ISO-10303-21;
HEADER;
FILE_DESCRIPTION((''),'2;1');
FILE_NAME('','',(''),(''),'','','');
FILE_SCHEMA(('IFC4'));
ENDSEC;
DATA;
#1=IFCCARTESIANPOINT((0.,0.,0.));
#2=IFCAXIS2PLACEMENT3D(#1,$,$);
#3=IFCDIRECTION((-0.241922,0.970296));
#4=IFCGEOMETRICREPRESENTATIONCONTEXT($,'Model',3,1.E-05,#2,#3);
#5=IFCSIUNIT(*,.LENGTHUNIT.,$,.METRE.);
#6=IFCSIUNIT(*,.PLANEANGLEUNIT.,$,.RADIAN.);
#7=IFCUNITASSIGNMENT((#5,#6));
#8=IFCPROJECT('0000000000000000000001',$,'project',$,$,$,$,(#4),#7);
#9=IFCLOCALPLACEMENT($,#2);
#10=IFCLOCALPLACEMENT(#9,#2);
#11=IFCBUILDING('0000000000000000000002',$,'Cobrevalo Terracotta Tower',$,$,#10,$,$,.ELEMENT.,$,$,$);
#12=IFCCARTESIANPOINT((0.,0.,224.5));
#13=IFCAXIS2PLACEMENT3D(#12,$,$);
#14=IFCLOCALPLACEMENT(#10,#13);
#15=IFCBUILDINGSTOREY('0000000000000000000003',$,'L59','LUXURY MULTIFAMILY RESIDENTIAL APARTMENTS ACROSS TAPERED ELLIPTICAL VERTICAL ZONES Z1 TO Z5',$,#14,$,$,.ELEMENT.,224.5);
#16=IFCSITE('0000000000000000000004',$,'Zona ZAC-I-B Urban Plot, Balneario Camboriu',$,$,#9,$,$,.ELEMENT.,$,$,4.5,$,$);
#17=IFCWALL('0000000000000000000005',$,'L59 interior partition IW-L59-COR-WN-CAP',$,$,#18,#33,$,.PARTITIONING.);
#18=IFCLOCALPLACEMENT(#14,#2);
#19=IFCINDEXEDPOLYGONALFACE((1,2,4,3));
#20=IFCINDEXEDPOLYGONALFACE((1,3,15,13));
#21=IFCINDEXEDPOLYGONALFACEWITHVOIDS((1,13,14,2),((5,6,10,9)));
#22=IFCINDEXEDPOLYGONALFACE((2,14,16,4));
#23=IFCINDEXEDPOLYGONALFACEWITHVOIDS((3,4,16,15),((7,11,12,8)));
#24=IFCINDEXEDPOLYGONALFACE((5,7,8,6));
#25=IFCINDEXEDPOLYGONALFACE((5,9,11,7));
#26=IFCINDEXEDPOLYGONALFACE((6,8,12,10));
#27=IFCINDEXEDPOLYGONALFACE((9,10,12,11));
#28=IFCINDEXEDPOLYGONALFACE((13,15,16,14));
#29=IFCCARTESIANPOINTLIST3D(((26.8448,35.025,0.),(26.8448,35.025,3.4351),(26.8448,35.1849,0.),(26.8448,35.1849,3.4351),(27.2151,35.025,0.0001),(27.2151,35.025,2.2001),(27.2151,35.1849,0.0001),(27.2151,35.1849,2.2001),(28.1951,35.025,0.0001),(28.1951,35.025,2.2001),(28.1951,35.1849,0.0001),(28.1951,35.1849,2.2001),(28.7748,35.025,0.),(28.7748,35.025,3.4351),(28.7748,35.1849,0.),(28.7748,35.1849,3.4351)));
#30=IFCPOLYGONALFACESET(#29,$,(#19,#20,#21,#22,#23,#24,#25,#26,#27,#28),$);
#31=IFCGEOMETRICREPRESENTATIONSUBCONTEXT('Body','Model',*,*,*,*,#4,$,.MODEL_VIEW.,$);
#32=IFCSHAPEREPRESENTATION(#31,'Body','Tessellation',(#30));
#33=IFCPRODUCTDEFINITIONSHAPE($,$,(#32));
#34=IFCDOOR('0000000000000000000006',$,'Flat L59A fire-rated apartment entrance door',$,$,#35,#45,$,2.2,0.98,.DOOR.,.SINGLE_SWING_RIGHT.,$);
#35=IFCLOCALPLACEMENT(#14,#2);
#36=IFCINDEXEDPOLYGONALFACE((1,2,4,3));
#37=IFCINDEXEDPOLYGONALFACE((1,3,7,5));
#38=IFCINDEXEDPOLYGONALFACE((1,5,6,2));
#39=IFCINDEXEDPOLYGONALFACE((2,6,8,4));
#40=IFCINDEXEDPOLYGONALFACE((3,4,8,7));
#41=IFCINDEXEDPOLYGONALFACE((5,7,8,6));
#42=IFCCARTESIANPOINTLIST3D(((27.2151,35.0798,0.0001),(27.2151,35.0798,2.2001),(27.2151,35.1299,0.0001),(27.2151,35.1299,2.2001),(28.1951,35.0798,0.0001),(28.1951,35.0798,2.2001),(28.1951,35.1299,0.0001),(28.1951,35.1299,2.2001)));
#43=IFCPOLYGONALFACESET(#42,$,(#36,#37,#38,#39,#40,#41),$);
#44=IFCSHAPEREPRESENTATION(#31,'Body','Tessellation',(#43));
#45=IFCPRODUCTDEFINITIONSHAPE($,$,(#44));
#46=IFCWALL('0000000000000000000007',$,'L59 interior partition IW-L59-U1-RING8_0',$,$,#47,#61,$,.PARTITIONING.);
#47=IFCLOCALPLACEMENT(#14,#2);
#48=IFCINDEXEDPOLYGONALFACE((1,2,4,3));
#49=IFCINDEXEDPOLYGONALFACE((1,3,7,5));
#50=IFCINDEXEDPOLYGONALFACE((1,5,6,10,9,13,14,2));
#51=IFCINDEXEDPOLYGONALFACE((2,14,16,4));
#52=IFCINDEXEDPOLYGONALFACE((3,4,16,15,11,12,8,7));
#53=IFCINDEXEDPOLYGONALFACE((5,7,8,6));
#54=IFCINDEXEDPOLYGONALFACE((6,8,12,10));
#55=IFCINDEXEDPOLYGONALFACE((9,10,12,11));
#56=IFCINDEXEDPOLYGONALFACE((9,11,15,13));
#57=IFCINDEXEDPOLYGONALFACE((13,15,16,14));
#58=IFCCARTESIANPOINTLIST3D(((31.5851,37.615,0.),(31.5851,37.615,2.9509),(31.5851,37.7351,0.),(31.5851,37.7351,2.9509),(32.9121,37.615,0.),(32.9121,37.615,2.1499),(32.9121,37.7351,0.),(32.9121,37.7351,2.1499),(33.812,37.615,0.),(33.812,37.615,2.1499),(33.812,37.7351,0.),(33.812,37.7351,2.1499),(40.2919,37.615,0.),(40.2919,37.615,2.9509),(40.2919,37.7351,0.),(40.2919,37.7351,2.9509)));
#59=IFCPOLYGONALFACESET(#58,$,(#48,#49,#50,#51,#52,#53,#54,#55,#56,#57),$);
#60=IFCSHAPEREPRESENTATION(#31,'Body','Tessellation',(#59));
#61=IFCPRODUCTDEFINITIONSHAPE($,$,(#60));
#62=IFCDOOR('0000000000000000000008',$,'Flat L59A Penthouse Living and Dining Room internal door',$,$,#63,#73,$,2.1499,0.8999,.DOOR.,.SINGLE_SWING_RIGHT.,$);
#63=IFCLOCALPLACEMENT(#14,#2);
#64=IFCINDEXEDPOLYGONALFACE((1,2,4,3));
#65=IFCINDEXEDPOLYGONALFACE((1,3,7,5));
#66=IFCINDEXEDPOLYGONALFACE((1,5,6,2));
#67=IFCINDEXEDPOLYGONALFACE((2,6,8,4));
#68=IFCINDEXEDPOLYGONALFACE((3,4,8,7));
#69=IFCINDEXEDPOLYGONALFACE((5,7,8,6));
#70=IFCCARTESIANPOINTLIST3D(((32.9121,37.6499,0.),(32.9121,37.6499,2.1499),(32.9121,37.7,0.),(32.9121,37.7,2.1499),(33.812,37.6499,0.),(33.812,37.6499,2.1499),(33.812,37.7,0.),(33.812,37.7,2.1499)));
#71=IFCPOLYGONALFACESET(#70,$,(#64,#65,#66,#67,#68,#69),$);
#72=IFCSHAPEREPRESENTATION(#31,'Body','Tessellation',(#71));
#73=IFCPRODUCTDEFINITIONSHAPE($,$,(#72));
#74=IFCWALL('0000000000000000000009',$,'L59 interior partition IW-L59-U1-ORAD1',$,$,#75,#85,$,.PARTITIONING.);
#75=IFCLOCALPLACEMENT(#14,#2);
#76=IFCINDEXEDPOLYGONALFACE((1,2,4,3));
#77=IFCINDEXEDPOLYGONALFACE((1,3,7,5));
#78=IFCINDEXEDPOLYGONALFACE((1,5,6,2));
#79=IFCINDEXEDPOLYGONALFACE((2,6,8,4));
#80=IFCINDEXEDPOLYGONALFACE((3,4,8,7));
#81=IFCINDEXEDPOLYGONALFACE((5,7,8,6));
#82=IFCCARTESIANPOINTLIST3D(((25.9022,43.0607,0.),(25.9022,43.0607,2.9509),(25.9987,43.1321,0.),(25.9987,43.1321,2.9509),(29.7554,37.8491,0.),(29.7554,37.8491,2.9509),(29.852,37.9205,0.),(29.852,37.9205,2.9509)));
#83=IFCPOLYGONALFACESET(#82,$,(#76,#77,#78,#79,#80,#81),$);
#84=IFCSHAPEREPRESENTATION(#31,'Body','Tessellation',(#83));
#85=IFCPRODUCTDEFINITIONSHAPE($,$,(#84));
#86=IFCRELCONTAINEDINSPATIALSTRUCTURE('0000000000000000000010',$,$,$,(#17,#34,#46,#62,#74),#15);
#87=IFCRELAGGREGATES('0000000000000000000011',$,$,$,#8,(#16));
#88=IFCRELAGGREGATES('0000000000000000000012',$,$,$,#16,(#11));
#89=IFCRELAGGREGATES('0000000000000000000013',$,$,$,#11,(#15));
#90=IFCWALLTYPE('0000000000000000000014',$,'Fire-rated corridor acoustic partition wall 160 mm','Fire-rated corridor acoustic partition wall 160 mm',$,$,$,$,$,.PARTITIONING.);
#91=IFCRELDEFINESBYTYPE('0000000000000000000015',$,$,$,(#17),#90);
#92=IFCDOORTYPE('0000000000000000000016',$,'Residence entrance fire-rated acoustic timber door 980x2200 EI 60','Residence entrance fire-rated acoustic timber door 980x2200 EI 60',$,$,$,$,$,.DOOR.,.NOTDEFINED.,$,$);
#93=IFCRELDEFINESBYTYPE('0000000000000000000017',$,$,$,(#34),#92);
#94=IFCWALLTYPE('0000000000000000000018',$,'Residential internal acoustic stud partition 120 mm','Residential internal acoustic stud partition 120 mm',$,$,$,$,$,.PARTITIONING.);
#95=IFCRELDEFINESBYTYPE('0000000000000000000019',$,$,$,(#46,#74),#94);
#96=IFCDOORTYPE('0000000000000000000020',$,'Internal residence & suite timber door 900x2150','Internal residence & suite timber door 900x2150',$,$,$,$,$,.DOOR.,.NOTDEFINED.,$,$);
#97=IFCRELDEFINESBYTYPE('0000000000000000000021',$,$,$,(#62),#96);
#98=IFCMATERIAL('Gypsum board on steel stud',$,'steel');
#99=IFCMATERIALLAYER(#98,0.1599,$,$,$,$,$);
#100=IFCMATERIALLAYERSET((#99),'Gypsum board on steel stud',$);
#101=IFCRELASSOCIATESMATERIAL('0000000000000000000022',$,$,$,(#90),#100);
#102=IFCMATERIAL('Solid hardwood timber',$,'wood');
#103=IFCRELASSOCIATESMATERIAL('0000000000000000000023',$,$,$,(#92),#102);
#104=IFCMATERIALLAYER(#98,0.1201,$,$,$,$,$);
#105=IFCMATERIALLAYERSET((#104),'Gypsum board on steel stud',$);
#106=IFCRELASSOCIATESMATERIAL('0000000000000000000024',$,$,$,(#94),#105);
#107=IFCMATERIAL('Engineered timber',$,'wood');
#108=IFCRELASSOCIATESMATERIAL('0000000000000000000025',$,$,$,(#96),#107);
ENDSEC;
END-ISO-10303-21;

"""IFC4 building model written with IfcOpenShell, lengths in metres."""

from ifc_helpers import new_model, si_unit, direction, frame, frame_2d, origin, place, context, subcontext, project, spatial, rectangle, extrude, source, transform, mapped, material, layer, layer_set, type_object, element, fill, save


model = new_model("IFC4")

# Units and contexts
model_context = context("Model", 3, precision=1e-05, world=origin(), true_north=direction((-0.241922, 0.970296)))
body_context = subcontext(model_context, "Body", "Model", "MODEL_VIEW")
ifc_project = project(units=[si_unit("LENGTHUNIT", "METRE"), si_unit("PLANEANGLEUNIT", "RADIAN")], contexts=[model_context])

# Site, building, storey
site_placement = place(None, origin())
site = spatial("IfcSite", under=ifc_project, at=site_placement, Name="Zona ZAC-I-B Urban Plot, Balneario Camboriu", CompositionType="ELEMENT", RefElevation=4.5)
building_placement = place(site_placement, origin())
building = spatial("IfcBuilding", under=site, at=building_placement, Name="Cobrevalo Terracotta Tower", CompositionType="ELEMENT")
storey_placement = place(building_placement, frame((0.0, 0.0, 224.5)))
storey = spatial("IfcBuildingStorey", under=building, at=storey_placement, Name="L59", Description="LUXURY MULTIFAMILY RESIDENTIAL APARTMENTS ACROSS TAPERED ELLIPTICAL VERTICAL ZONES Z1 TO Z5", CompositionType="ELEMENT", Elevation=224.5)

# Shared definitions
ifc_material_1 = material(Name="Gypsum board on steel stud", Category="steel")
ifc_layer_1 = layer(ifc_material_1, 0.1599)
ifc_layer_set_1 = layer_set([ifc_layer_1], Name="Gypsum board on steel stud")
wall_type_1 = type_object("IfcWallType", Name="Fire-rated corridor acoustic partition wall 160 mm", Description="Fire-rated corridor acoustic partition wall 160 mm", PredefinedType="PARTITIONING", material=ifc_layer_set_1)

# Walls, openings, doors
wall_1_placement = place(storey_placement, frame((26.845, 35.105, 0.0), z_axis=(0.0, 0.0, 1.0), x_axis=(1.0, 0.0, 0.0)))
wall_1 = element("IfcWall", 1, at=wall_1_placement, inside=storey, type_object=wall_type_1, Name="L59 interior partition IW-L59-COR-WN-CAP", PredefinedType="PARTITIONING", context=body_context, shape_type="SweptSolid", body=[
    extrude(rectangle(XDim=1.9299, YDim=0.1599, at=frame_2d((0.9648, 0.0))), origin(), (0.0, 0.0, 1.0), 3.4351),
])
opening_1_placement = place(wall_1_placement, frame((0.3701, 0.0, 0.0)))
opening_1 = element("IfcOpeningElement", 2, at=opening_1_placement, cuts=wall_1, PredefinedType="OPENING", context=body_context, shape_type="SweptSolid", body=[
    extrude(rectangle(XDim=0.98, YDim=2.2, at=frame_2d((0.49, 1.1001))), frame((0.0, 0.0898, 0.0), z_axis=(0.0, -1.0, 0.0), x_axis=(1.0, 0.0, 0.0)), (0.0, 0.0, 1.0), 0.1799),
])
ifc_material_2 = material(Name="Solid hardwood timber", Category="wood")
door_type_1 = type_object("IfcDoorType", Name="Residence entrance fire-rated acoustic timber door 980x2200 EI 60", Description="Residence entrance fire-rated acoustic timber door 980x2200 EI 60", OperationType="NOTDEFINED", PredefinedType="DOOR", material=ifc_material_2)
shared_shape_1 = source(origin(), body_context, "Body", "SweptSolid", [
    extrude(rectangle(XDim=0.98, YDim=2.2, at=frame_2d((0.49, 1.1001))), frame((0.0, 0.0249, 0.0), z_axis=(0.0, -1.0, 0.0), x_axis=(1.0, 0.0, 0.0)), (0.0, 0.0, 1.0), 0.05),
])
door_1_placement = place(opening_1_placement, origin())
door_1 = element("IfcDoor", 3, at=door_1_placement, inside=storey, type_object=door_type_1, Name="Flat L59A fire-rated apartment entrance door", OperationType="SINGLE_SWING_RIGHT", OverallHeight=2.2, OverallWidth=0.98, PredefinedType="DOOR", context=body_context, shape_type="MappedRepresentation", body=[
    mapped(shared_shape_1, transform((0.0, 0.0, 0.0), scale=1.0)),
])
fill(opening_1, door_1)
ifc_layer_2 = layer(ifc_material_1, 0.1201)
ifc_layer_set_2 = layer_set([ifc_layer_2], Name="Gypsum board on steel stud")
wall_type_2 = type_object("IfcWallType", Name="Residential internal acoustic stud partition 120 mm", Description="Residential internal acoustic stud partition 120 mm", PredefinedType="PARTITIONING", material=ifc_layer_set_2)
wall_2_placement = place(storey_placement, frame((31.585, 37.675, 0.0), z_axis=(0.0, 0.0, 1.0), x_axis=(1.0, 0.0, 0.0)))
wall_2 = element("IfcWall", 4, at=wall_2_placement, inside=storey, type_object=wall_type_2, Name="L59 interior partition IW-L59-U1-RING8_0", PredefinedType="PARTITIONING", context=body_context, shape_type="SweptSolid", body=[
    extrude(rectangle(XDim=8.7068, YDim=0.1201, at=frame_2d((4.3535, 0.0))), origin(), (0.0, 0.0, 1.0), 2.9509),
])
opening_2_placement = place(wall_2_placement, frame((1.3271, 0.0, 0.0)))
opening_2 = element("IfcOpeningElement", 5, at=opening_2_placement, cuts=wall_2, PredefinedType="OPENING", context=body_context, shape_type="SweptSolid", body=[
    extrude(rectangle(XDim=0.8999, YDim=2.1499, at=frame_2d((0.45, 1.075))), frame((0.0, 0.0701, 0.0), z_axis=(0.0, -1.0, 0.0), x_axis=(1.0, 0.0, 0.0)), (0.0, 0.0, 1.0), 0.1401),
])
ifc_material_3 = material(Name="Engineered timber", Category="wood")
door_type_2 = type_object("IfcDoorType", Name="Internal residence & suite timber door 900x2150", Description="Internal residence & suite timber door 900x2150", OperationType="NOTDEFINED", PredefinedType="DOOR", material=ifc_material_3)
shared_shape_2 = source(origin(), body_context, "Body", "SweptSolid", [
    extrude(rectangle(XDim=0.8999, YDim=2.1499, at=frame_2d((0.45, 1.075))), frame((0.0, 0.0249, 0.0), z_axis=(0.0, -1.0, 0.0), x_axis=(1.0, 0.0, 0.0)), (0.0, 0.0, 1.0), 0.05),
])
door_2_placement = place(opening_2_placement, origin())
door_2 = element("IfcDoor", 6, at=door_2_placement, inside=storey, type_object=door_type_2, Name="Flat L59A Penthouse Living and Dining Room internal door", OperationType="SINGLE_SWING_RIGHT", OverallHeight=2.1499, OverallWidth=0.8999, PredefinedType="DOOR", context=body_context, shape_type="MappedRepresentation", body=[
    mapped(shared_shape_2, transform((0.0, 0.0, 0.0), scale=1.0)),
])
fill(opening_2, door_2)

# Wall
wall_3_placement = place(storey_placement, frame((29.8037, 37.8848, 0.0), z_axis=(0.0, 0.0, 1.0), x_axis=(-0.594508, 0.80409, 0.0)))
element("IfcWall", 7, at=wall_3_placement, inside=storey, type_object=wall_type_2, Name="L59 interior partition IW-L59-U1-ORAD1", PredefinedType="PARTITIONING", context=body_context, shape_type="SweptSolid", body=[
    extrude(rectangle(XDim=6.4814, YDim=0.1201, at=frame_2d((3.2407, 0.0))), origin(), (0.0, 0.0, 1.0), 2.9509),
])

save(model, "model.ifc")
